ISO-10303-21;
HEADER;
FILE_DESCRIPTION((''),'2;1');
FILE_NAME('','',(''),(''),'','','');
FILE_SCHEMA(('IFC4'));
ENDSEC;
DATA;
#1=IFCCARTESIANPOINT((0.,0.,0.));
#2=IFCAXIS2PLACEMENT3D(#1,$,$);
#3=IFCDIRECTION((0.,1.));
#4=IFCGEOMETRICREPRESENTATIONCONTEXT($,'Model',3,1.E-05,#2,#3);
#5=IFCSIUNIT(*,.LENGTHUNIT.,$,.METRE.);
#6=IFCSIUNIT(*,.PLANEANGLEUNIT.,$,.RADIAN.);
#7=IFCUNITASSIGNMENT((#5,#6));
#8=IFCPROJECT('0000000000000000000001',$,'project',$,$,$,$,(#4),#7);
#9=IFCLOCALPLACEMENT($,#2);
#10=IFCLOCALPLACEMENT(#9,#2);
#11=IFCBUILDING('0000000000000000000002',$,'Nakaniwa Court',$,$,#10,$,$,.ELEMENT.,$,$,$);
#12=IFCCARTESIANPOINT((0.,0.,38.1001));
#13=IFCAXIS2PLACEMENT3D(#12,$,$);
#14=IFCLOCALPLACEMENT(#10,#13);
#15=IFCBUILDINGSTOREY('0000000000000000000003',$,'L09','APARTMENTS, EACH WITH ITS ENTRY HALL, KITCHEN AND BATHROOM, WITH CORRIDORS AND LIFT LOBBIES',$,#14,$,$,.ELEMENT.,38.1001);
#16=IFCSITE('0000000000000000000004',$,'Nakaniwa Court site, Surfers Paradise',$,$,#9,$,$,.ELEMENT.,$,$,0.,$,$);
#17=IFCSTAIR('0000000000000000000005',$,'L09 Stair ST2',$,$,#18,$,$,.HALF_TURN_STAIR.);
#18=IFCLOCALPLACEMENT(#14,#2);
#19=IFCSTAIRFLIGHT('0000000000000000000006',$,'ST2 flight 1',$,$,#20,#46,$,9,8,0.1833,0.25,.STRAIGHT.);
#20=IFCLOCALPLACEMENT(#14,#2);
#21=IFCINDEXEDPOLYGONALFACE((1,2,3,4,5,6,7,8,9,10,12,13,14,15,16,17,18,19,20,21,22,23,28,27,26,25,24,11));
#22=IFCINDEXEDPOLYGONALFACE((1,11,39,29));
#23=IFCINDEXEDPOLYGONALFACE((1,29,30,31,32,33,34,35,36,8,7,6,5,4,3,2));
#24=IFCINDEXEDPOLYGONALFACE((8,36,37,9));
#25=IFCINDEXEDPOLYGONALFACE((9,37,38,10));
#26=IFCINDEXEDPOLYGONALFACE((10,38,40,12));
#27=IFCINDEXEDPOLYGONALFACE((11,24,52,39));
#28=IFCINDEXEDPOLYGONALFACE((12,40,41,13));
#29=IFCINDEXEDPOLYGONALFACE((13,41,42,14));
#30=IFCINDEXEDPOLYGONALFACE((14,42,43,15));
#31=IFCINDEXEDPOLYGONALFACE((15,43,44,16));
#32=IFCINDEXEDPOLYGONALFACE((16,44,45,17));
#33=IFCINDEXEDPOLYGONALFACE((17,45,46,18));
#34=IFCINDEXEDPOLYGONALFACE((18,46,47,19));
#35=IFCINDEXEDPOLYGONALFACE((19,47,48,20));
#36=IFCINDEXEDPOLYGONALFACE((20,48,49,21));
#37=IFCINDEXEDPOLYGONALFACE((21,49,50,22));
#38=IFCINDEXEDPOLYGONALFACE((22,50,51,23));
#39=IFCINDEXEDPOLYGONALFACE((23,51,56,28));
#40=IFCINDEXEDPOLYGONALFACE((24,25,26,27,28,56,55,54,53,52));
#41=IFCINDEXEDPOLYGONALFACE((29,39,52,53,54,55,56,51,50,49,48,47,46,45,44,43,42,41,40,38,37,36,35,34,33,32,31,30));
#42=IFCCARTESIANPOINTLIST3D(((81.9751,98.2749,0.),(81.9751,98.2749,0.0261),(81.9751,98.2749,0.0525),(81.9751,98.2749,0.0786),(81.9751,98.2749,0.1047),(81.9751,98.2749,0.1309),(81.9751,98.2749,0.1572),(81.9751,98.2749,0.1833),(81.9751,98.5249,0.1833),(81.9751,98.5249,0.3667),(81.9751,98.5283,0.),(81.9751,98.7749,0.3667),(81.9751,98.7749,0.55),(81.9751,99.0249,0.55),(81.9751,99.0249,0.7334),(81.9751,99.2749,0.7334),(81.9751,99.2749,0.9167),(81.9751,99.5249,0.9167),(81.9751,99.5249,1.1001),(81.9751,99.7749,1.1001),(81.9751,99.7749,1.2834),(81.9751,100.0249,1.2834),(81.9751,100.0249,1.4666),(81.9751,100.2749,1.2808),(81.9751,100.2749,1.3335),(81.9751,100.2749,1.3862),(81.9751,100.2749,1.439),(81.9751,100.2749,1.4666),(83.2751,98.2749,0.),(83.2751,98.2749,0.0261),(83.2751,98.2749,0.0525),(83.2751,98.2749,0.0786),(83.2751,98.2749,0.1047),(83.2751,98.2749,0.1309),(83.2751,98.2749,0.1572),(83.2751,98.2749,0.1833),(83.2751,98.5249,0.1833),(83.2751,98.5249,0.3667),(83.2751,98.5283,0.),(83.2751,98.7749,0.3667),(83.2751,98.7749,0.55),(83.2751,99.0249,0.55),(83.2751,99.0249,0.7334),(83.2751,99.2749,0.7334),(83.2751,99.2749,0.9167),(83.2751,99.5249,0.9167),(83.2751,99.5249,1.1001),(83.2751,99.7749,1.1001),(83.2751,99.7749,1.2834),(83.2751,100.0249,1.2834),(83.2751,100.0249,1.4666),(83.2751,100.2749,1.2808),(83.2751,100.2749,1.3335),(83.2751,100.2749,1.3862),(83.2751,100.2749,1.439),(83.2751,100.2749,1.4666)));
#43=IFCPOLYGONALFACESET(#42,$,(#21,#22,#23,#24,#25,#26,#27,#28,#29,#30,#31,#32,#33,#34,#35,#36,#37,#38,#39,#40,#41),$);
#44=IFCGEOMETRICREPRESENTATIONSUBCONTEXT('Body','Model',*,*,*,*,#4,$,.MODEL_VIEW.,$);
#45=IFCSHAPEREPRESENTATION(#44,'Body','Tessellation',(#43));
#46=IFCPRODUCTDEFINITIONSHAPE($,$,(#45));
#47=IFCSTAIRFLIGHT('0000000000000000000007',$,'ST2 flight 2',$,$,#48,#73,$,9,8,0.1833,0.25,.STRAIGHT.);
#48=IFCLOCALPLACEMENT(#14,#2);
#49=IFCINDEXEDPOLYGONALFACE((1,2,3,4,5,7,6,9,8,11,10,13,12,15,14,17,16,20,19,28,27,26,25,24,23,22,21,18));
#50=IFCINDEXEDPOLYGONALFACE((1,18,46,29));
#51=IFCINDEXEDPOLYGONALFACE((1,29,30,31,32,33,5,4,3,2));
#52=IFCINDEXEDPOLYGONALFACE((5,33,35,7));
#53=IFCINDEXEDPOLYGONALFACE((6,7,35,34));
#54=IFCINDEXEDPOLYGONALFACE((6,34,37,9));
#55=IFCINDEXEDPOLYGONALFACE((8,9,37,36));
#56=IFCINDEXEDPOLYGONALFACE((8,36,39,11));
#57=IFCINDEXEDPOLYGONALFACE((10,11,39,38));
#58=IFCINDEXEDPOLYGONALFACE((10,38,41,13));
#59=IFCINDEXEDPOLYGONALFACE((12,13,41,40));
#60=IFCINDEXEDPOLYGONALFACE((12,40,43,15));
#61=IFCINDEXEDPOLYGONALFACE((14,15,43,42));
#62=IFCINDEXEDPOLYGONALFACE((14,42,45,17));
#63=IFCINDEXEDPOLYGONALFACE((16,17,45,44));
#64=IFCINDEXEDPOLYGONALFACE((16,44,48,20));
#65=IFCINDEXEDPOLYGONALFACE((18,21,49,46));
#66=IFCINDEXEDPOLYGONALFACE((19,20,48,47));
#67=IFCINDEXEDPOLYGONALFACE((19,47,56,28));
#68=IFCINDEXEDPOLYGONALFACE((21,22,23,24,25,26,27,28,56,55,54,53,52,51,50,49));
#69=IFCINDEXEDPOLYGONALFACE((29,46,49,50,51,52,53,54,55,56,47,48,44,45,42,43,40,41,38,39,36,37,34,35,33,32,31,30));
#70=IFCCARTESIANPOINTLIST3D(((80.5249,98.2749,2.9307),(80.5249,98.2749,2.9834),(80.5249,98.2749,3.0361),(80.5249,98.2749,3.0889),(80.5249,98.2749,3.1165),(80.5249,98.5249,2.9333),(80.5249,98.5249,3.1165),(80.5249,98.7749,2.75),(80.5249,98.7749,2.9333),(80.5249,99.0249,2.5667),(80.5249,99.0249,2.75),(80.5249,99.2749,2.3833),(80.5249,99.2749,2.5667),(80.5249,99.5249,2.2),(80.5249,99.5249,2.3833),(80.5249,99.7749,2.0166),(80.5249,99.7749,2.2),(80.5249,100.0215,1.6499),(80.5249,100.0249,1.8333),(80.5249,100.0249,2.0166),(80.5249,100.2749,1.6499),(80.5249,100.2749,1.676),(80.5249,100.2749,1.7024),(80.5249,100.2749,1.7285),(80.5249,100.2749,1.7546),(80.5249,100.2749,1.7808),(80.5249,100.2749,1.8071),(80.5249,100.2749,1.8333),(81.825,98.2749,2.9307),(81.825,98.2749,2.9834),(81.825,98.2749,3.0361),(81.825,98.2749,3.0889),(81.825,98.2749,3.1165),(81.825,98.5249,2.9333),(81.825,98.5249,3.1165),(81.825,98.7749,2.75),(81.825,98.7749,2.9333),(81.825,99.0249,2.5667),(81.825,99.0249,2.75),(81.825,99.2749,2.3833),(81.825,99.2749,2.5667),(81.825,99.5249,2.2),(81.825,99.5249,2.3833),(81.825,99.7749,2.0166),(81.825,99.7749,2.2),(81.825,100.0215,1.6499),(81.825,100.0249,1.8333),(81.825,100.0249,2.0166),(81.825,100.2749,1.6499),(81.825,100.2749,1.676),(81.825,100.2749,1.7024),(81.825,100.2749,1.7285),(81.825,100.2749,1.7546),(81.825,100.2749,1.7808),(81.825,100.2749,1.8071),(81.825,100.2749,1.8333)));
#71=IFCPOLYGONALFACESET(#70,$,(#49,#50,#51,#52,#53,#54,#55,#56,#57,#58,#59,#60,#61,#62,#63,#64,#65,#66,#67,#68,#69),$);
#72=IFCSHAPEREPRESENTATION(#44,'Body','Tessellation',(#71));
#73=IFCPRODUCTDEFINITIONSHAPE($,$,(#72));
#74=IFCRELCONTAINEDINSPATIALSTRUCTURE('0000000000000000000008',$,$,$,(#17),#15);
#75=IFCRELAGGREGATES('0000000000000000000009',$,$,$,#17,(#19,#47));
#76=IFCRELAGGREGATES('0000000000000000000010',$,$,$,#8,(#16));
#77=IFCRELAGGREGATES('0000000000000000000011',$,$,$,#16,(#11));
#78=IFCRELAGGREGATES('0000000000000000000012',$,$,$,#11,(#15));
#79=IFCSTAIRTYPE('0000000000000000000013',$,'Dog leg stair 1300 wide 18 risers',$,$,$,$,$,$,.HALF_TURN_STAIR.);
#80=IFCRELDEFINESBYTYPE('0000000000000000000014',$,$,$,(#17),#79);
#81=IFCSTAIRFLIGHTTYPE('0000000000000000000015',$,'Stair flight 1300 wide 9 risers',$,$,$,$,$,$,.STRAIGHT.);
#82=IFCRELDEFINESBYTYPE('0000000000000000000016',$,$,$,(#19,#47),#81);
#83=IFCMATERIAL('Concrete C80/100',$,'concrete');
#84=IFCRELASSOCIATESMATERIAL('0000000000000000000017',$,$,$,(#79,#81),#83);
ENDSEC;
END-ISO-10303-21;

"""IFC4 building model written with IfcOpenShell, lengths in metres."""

from ifc_helpers import new_model, si_unit, direction, frame, origin, place, context, subcontext, project, spatial, polyline, outline, extrude, material, type_object, element, aggregate, save


model = new_model("IFC4")

# Units and contexts
model_context = context("Model", 3, precision=1e-05, world=origin(), true_north=direction((0.0, 1.0)))
body_context = subcontext(model_context, "Body", "Model", "MODEL_VIEW")
ifc_project = project(units=[si_unit("LENGTHUNIT", "METRE"), si_unit("PLANEANGLEUNIT", "RADIAN")], contexts=[model_context])

# Site, building, storey
site_placement = place(None, origin())
site = spatial("IfcSite", under=ifc_project, at=site_placement, Name="Nakaniwa Court site, Surfers Paradise", CompositionType="ELEMENT", RefElevation=0.0)
building_placement = place(site_placement, origin())
building = spatial("IfcBuilding", under=site, at=building_placement, Name="Nakaniwa Court", CompositionType="ELEMENT")
storey_placement = place(building_placement, frame((0.0, 0.0, 38.1001)))
storey = spatial("IfcBuildingStorey", under=building, at=storey_placement, Name="L09", Description="APARTMENTS, EACH WITH ITS ENTRY HALL, KITCHEN AND BATHROOM, WITH CORRIDORS AND LIFT LOBBIES", CompositionType="ELEMENT", Elevation=38.1001)

# Shared definitions
ifc_material_1 = material(Name="Concrete C80/100", Category="concrete")

# Stair, stair flights
stair_type = type_object("IfcStairType", Name="Dog leg stair 1300 wide 18 risers", PredefinedType="HALF_TURN_STAIR", material=ifc_material_1)
stair_placement = place(storey_placement, origin())
stair = element("IfcStair", 1, at=stair_placement, inside=storey, type_object=stair_type, Name="L09 Stair ST2", PredefinedType="HALF_TURN_STAIR")
stair_flight_type = type_object("IfcStairFlightType", Name="Stair flight 1300 wide 9 risers", PredefinedType="STRAIGHT", material=ifc_material_1)
stair_flight_1_placement = place(storey_placement, frame((82.625, 98.2749, 0.0), z_axis=(0.0, 0.0, 1.0), x_axis=(0.0, 1.0, 0.0)))
stair_flight_1 = element("IfcStairFlight", 2, at=stair_flight_1_placement, type_object=stair_flight_type, Name="ST2 flight 1", NumberOfRisers=9, NumberOfTreads=8, PredefinedType="STRAIGHT", RiserHeight=0.1833, TreadLength=0.25, context=body_context, shape_type="SweptSolid", body=[
    extrude(outline(polyline([(0.0, 0.0), (0.0, 0.0261), (0.0, 0.0525), (0.0, 0.0786), (0.0, 0.1047), (0.0, 0.1309), (0.0, 0.1572), (0.0, 0.1833), (0.25, 0.1833), (0.25, 0.3667), (0.5, 0.3667), (0.5, 0.55), (0.75, 0.55), (0.75, 0.7334), (1.0, 0.7334), (1.0, 0.9167), (1.25, 0.9167), (1.25, 1.1001), (1.5, 1.1001), (1.5, 1.2834), (1.75, 1.2834), (1.75, 1.4666), (2.0, 1.4666), (2.0, 1.6499), (2.0, 1.5972), (2.0, 1.5444), (2.0, 1.4917), (2.0, 1.439), (2.0, 1.3862), (2.0, 1.3335), (2.0, 1.2808), (0.2534, 0.0), (0.0, 0.0)])), frame((0.0, 0.6499, 0.0), z_axis=(0.0, -1.0, 0.0), x_axis=(1.0, 0.0, 0.0)), (0.0, 0.0, 1.0), 1.3),
])
stair_flight_2_placement = place(storey_placement, frame((81.175, 100.2749, 1.6499), z_axis=(0.0, 0.0, 1.0), x_axis=(0.0, -1.0, 0.0)))
stair_flight_2 = element("IfcStairFlight", 3, at=stair_flight_2_placement, type_object=stair_flight_type, Name="ST2 flight 2", NumberOfRisers=9, NumberOfTreads=8, PredefinedType="STRAIGHT", RiserHeight=0.1833, TreadLength=0.25, context=body_context, shape_type="SweptSolid", body=[
    extrude(outline(polyline([(0.0, 0.0), (0.0, 0.0261), (0.0, 0.0525), (0.0, 0.0786), (0.0, 0.1047), (0.0, 0.1309), (0.0, 0.1572), (0.0, 0.1833), (0.25, 0.1833), (0.25, 0.3667), (0.5, 0.3667), (0.5, 0.55), (0.75, 0.55), (0.75, 0.7334), (1.0, 0.7334), (1.0, 0.9167), (1.25, 0.9167), (1.25, 1.1001), (1.5, 1.1001), (1.5, 1.2834), (1.75, 1.2834), (1.75, 1.4666), (2.0, 1.4666), (2.0, 1.6499), (2.0, 1.5972), (2.0, 1.5444), (2.0, 1.4917), (2.0, 1.439), (2.0, 1.3862), (2.0, 1.3335), (2.0, 1.2808), (0.2534, 0.0), (0.0, 0.0)])), frame((0.0, 0.6499, 0.0), z_axis=(0.0, -1.0, 0.0), x_axis=(1.0, 0.0, 0.0)), (0.0, 0.0, 1.0), 1.3),
])
aggregate(stair, [stair_flight_1, stair_flight_2])

save(model, "model.ifc")
